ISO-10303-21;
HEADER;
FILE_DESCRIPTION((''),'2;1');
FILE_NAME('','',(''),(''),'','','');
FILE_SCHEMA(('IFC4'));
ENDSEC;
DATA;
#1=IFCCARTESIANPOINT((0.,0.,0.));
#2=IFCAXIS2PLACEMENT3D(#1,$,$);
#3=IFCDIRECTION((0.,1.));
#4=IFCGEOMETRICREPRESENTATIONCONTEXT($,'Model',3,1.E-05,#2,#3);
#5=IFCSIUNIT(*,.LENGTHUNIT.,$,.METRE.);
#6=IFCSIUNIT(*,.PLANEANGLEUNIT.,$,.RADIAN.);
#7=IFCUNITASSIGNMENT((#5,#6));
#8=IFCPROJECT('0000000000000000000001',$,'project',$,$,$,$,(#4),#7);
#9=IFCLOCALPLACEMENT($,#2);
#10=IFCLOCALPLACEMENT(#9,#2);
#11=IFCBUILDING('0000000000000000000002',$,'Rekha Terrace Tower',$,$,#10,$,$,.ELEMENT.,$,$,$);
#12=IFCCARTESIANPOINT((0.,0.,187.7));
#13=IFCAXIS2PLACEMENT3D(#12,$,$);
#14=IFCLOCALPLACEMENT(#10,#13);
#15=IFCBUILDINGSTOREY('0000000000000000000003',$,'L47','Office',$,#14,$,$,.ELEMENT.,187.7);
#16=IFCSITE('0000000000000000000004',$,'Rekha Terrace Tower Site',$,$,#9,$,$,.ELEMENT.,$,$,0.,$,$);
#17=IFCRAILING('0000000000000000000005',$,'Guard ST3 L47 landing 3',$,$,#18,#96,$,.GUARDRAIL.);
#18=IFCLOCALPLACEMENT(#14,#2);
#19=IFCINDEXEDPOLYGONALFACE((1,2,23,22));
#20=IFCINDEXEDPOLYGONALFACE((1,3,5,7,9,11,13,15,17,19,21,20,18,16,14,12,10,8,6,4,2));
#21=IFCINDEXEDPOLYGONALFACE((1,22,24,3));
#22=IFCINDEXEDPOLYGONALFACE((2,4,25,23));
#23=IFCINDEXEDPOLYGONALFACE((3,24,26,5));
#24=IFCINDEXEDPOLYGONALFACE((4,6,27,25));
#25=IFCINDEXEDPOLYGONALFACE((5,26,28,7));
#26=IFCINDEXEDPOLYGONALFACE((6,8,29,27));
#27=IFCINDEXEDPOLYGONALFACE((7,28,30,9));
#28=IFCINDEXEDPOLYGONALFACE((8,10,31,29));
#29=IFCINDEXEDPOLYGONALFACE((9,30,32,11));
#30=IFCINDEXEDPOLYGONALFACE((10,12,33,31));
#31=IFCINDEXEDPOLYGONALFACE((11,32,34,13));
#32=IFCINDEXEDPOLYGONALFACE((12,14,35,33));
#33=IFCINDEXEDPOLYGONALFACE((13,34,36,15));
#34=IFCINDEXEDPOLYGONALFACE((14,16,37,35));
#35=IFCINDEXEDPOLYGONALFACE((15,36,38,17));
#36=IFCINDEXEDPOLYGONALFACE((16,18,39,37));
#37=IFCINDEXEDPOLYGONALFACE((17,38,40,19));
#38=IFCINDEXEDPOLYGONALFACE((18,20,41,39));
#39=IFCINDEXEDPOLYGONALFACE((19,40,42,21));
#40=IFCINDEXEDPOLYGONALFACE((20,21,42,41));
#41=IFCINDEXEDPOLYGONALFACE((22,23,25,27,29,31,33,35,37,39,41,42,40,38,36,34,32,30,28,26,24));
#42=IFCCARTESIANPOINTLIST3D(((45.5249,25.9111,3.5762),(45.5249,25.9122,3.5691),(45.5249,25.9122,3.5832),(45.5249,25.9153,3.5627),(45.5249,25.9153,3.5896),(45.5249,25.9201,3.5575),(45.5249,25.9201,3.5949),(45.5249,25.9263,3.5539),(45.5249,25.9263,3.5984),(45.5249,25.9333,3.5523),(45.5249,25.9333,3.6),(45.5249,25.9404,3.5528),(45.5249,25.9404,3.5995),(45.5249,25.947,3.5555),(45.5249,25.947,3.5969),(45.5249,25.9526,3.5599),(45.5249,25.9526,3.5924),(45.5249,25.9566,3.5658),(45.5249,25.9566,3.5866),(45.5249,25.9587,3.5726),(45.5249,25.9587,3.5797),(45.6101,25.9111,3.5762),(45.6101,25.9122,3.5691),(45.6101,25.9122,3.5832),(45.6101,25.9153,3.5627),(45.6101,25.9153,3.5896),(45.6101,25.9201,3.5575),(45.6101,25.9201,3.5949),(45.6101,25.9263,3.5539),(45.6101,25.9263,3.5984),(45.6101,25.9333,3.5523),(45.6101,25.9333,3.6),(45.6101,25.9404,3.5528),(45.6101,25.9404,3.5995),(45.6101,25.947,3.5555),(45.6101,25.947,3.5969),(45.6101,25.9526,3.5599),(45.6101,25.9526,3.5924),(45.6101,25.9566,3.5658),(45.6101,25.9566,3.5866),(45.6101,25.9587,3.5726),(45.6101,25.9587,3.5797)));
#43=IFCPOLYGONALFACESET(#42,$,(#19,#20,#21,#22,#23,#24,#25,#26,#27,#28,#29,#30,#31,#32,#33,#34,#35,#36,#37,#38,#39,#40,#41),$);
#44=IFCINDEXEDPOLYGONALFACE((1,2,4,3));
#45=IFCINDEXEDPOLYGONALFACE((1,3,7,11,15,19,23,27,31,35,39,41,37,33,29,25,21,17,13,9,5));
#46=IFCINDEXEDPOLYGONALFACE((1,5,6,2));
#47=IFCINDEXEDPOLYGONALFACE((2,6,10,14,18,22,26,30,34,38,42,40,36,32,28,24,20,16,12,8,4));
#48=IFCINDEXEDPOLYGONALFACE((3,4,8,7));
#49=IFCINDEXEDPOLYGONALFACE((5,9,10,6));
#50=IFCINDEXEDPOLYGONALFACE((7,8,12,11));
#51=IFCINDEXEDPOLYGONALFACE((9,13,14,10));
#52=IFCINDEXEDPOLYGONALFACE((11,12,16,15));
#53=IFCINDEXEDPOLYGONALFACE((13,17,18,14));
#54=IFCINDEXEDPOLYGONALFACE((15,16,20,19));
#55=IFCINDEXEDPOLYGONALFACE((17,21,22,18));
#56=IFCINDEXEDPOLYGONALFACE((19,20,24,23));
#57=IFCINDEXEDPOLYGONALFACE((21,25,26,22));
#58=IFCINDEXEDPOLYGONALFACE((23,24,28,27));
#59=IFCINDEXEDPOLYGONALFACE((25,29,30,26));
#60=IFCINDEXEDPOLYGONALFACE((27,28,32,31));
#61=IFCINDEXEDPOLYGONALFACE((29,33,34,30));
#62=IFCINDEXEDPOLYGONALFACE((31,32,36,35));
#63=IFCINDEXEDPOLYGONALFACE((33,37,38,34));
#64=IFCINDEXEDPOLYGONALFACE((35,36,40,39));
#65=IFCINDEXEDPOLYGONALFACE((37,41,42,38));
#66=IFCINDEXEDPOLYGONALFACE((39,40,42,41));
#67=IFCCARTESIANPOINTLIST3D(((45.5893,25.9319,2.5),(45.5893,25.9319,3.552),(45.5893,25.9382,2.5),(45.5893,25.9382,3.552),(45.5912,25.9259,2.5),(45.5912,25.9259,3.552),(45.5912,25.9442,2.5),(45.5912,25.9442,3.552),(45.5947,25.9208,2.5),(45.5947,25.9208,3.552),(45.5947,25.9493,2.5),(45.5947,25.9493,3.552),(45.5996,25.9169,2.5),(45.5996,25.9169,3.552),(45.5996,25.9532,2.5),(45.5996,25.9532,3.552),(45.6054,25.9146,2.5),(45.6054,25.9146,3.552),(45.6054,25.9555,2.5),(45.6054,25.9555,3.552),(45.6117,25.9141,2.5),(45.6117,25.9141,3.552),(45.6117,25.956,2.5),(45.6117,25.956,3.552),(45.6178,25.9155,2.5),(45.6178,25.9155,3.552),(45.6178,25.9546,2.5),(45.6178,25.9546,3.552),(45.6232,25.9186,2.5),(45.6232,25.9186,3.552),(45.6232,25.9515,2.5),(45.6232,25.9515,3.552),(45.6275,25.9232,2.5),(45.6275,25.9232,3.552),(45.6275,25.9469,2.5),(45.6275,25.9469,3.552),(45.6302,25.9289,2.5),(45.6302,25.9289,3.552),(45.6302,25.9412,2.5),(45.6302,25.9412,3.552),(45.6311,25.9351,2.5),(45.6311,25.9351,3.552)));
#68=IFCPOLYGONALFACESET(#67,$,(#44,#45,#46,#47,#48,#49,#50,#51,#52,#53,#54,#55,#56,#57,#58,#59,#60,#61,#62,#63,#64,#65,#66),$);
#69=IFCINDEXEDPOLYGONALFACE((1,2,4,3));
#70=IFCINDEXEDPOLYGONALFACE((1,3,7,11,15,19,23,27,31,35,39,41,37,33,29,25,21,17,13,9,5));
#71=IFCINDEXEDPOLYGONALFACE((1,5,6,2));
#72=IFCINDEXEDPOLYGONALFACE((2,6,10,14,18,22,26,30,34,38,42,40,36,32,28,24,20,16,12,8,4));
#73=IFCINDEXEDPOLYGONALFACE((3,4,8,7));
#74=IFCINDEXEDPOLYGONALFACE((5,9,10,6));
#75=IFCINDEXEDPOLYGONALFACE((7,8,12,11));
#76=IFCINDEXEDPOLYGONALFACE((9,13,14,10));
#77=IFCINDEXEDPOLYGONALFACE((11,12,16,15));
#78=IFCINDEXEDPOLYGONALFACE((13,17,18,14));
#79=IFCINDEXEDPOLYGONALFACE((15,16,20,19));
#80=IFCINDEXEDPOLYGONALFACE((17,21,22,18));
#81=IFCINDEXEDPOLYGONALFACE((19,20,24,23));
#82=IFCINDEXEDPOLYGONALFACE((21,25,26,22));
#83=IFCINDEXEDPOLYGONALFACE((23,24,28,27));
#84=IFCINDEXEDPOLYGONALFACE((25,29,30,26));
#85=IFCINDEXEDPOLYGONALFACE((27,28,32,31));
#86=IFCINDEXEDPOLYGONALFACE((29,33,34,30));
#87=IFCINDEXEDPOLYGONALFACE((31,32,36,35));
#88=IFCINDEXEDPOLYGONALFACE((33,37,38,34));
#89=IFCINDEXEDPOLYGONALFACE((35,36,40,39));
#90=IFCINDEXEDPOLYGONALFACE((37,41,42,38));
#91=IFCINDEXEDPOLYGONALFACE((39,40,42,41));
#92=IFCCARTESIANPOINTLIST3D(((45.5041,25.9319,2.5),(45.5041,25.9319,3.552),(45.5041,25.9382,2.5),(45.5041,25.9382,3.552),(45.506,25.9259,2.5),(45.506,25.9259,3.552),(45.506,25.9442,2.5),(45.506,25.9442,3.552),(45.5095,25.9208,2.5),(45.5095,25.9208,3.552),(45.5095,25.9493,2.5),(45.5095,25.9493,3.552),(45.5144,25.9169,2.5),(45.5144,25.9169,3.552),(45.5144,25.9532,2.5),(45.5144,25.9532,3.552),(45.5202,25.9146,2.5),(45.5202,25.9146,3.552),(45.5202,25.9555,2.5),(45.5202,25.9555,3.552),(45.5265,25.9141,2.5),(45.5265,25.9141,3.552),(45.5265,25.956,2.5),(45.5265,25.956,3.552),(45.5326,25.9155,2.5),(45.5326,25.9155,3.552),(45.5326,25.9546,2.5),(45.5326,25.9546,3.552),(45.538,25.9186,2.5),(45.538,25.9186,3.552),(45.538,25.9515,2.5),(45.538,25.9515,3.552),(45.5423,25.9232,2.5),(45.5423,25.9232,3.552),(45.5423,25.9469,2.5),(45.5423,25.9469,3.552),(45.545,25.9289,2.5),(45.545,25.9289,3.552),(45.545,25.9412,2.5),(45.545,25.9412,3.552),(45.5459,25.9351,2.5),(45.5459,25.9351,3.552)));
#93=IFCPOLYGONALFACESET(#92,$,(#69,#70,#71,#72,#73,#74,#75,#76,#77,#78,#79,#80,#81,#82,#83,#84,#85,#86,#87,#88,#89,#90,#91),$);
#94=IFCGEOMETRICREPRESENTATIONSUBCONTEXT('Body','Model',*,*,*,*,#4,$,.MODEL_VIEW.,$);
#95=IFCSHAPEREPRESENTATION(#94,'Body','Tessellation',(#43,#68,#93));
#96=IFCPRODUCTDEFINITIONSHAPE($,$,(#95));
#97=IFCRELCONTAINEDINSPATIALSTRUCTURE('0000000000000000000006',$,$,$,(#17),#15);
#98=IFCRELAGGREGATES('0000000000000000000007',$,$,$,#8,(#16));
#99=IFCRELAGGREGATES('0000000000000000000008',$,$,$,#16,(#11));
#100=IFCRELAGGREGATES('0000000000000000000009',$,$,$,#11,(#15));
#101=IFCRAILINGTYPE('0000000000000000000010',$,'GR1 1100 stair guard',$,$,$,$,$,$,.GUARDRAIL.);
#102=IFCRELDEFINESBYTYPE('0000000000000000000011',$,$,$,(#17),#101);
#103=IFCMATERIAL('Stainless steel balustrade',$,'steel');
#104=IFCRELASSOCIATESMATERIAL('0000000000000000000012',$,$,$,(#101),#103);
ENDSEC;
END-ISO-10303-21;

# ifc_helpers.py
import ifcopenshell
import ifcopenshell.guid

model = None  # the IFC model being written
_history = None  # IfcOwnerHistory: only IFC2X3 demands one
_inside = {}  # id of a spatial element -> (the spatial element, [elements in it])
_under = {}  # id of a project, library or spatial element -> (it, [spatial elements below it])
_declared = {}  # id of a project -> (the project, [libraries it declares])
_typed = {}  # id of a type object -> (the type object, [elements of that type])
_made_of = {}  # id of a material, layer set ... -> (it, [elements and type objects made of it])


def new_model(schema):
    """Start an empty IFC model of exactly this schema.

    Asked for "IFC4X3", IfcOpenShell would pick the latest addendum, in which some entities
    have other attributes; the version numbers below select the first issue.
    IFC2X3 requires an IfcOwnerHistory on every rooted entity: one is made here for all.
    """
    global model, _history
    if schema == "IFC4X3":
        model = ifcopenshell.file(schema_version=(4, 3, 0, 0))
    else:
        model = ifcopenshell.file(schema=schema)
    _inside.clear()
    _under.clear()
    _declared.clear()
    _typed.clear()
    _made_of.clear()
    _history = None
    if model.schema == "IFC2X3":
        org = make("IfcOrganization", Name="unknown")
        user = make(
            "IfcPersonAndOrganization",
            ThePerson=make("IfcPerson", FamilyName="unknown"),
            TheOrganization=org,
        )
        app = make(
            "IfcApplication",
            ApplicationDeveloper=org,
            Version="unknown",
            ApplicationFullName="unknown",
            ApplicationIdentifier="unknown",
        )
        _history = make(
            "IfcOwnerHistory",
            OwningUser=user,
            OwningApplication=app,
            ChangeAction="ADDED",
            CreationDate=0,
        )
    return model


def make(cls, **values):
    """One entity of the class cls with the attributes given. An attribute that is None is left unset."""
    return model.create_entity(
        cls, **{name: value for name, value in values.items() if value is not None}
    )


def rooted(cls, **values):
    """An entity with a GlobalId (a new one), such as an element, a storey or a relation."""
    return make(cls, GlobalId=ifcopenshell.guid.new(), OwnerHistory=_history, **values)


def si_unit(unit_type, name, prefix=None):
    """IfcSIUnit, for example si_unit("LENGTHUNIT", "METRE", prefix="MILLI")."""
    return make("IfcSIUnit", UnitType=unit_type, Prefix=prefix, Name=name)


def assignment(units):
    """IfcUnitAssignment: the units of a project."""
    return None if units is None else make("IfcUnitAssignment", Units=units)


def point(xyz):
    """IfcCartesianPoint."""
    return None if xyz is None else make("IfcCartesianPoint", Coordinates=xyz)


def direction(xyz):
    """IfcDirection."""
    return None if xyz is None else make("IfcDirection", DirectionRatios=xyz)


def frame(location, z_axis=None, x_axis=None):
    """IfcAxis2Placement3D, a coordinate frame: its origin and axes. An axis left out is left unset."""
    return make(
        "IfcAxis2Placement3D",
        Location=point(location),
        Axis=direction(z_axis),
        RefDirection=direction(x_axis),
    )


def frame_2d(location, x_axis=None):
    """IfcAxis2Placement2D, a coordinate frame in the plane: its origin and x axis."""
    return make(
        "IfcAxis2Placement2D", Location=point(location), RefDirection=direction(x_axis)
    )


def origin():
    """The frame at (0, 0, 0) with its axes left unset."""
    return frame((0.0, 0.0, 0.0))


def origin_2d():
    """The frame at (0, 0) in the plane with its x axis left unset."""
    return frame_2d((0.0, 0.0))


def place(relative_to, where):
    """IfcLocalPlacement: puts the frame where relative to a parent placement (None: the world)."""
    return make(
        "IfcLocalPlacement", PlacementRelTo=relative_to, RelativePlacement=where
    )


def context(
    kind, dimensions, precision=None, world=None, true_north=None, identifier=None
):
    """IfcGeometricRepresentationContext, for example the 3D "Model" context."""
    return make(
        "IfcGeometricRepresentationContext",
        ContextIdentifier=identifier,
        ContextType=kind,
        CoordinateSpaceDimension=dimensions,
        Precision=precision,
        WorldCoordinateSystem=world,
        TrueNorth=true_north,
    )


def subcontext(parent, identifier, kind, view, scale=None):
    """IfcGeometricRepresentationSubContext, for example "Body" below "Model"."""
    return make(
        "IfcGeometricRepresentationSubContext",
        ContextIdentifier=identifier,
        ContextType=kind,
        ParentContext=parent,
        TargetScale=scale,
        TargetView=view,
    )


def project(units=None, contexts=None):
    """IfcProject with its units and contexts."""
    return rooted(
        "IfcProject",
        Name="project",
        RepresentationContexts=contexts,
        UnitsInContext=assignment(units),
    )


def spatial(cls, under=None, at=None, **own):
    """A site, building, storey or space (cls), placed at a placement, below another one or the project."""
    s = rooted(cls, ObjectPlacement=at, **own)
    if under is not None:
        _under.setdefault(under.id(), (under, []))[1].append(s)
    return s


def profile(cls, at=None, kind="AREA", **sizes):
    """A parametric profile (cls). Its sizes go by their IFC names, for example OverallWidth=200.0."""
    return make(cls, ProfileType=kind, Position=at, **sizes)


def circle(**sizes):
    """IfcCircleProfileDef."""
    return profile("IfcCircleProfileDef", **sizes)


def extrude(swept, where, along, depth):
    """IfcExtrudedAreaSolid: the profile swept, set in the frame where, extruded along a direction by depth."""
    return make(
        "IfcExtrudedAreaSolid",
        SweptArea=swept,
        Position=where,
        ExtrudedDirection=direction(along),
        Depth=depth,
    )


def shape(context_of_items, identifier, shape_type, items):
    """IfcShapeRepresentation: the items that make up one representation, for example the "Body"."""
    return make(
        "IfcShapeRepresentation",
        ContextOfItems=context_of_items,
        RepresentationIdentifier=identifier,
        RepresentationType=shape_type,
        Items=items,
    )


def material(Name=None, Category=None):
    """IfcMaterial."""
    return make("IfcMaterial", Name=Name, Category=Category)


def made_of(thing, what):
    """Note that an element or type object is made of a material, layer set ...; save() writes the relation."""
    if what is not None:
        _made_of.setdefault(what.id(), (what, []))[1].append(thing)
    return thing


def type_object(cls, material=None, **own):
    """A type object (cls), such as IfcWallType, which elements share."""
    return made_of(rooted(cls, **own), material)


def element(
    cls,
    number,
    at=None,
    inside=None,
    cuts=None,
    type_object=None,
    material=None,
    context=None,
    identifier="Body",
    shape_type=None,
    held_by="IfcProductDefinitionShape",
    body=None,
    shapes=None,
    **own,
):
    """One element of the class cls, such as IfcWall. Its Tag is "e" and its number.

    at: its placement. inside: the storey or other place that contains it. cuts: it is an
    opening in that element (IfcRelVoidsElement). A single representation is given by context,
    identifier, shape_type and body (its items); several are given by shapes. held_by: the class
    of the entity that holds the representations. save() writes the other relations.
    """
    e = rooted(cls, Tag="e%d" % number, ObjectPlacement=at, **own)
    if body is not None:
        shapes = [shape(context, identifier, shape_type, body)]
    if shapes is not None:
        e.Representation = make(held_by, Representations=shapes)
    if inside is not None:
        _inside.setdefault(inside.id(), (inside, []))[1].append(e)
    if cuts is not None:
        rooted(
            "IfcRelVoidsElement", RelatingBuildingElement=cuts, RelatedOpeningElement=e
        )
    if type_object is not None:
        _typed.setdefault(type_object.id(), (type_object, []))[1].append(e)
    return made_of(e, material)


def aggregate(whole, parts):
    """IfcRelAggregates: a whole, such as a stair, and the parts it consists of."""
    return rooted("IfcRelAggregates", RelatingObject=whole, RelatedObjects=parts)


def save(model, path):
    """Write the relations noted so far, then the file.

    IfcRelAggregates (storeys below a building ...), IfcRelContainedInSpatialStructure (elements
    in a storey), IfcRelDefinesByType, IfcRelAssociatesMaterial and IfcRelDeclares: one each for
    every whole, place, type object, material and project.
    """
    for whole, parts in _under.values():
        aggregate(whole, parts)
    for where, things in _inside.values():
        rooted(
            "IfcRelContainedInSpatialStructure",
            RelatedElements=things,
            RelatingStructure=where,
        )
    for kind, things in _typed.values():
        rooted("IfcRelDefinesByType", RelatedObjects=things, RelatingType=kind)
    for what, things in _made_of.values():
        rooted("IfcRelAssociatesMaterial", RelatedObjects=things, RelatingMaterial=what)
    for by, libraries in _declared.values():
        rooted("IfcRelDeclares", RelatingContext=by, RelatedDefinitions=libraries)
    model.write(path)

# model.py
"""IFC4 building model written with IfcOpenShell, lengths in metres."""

from ifc_helpers import new_model, si_unit, direction, frame, origin, origin_2d, place, context, subcontext, project, spatial, circle, extrude, material, type_object, element, save


model = new_model("IFC4")

# Units and contexts
model_context = context("Model", 3, precision=1e-05, world=origin(), true_north=direction((0.0, 1.0)))
body_context = subcontext(model_context, "Body", "Model", "MODEL_VIEW")
ifc_project = project(units=[si_unit("LENGTHUNIT", "METRE"), si_unit("PLANEANGLEUNIT", "RADIAN")], contexts=[model_context])

# Site, building, storey
site_placement = place(None, origin())
site = spatial("IfcSite", under=ifc_project, at=site_placement, Name="Rekha Terrace Tower Site", CompositionType="ELEMENT", RefElevation=0.0)
building_placement = place(site_placement, origin())
building = spatial("IfcBuilding", under=site, at=building_placement, Name="Rekha Terrace Tower", CompositionType="ELEMENT")
storey_placement = place(building_placement, frame((0.0, 0.0, 187.7)))
storey = spatial("IfcBuildingStorey", under=building, at=storey_placement, Name="L47", Description="Office", CompositionType="ELEMENT", Elevation=187.7)

# Railing
ifc_material_1 = material(Name="Stainless steel balustrade", Category="steel")
railing_type_1 = type_object("IfcRailingType", Name="GR1 1100 stair guard", PredefinedType="GUARDRAIL", material=ifc_material_1)
railing_1_placement = place(storey_placement, frame((45.6101, 25.9351, 2.5)))
element("IfcRailing", 1, at=railing_1_placement, inside=storey, type_object=railing_type_1, Name="Guard ST3 L47 landing 3", PredefinedType="GUARDRAIL", context=body_context, shape_type="SweptSolid", body=[
    extrude(circle(Radius=0.0239, at=origin_2d()), frame((0.0, 0.0, 1.0762), z_axis=(-1.0, 0.0, 0.0), x_axis=(0.0, -1.0, 0.0)), (0.0, 0.0, 1.0), 0.0852),
    extrude(circle(Radius=0.021, at=origin_2d()), origin(), (0.0, 0.0, 1.0), 1.052),
    extrude(circle(Radius=0.021, at=origin_2d()), frame((-0.0852, 0.0, 0.0)), (0.0, 0.0, 1.0), 1.052),
])

save(model, "model.ifc")
